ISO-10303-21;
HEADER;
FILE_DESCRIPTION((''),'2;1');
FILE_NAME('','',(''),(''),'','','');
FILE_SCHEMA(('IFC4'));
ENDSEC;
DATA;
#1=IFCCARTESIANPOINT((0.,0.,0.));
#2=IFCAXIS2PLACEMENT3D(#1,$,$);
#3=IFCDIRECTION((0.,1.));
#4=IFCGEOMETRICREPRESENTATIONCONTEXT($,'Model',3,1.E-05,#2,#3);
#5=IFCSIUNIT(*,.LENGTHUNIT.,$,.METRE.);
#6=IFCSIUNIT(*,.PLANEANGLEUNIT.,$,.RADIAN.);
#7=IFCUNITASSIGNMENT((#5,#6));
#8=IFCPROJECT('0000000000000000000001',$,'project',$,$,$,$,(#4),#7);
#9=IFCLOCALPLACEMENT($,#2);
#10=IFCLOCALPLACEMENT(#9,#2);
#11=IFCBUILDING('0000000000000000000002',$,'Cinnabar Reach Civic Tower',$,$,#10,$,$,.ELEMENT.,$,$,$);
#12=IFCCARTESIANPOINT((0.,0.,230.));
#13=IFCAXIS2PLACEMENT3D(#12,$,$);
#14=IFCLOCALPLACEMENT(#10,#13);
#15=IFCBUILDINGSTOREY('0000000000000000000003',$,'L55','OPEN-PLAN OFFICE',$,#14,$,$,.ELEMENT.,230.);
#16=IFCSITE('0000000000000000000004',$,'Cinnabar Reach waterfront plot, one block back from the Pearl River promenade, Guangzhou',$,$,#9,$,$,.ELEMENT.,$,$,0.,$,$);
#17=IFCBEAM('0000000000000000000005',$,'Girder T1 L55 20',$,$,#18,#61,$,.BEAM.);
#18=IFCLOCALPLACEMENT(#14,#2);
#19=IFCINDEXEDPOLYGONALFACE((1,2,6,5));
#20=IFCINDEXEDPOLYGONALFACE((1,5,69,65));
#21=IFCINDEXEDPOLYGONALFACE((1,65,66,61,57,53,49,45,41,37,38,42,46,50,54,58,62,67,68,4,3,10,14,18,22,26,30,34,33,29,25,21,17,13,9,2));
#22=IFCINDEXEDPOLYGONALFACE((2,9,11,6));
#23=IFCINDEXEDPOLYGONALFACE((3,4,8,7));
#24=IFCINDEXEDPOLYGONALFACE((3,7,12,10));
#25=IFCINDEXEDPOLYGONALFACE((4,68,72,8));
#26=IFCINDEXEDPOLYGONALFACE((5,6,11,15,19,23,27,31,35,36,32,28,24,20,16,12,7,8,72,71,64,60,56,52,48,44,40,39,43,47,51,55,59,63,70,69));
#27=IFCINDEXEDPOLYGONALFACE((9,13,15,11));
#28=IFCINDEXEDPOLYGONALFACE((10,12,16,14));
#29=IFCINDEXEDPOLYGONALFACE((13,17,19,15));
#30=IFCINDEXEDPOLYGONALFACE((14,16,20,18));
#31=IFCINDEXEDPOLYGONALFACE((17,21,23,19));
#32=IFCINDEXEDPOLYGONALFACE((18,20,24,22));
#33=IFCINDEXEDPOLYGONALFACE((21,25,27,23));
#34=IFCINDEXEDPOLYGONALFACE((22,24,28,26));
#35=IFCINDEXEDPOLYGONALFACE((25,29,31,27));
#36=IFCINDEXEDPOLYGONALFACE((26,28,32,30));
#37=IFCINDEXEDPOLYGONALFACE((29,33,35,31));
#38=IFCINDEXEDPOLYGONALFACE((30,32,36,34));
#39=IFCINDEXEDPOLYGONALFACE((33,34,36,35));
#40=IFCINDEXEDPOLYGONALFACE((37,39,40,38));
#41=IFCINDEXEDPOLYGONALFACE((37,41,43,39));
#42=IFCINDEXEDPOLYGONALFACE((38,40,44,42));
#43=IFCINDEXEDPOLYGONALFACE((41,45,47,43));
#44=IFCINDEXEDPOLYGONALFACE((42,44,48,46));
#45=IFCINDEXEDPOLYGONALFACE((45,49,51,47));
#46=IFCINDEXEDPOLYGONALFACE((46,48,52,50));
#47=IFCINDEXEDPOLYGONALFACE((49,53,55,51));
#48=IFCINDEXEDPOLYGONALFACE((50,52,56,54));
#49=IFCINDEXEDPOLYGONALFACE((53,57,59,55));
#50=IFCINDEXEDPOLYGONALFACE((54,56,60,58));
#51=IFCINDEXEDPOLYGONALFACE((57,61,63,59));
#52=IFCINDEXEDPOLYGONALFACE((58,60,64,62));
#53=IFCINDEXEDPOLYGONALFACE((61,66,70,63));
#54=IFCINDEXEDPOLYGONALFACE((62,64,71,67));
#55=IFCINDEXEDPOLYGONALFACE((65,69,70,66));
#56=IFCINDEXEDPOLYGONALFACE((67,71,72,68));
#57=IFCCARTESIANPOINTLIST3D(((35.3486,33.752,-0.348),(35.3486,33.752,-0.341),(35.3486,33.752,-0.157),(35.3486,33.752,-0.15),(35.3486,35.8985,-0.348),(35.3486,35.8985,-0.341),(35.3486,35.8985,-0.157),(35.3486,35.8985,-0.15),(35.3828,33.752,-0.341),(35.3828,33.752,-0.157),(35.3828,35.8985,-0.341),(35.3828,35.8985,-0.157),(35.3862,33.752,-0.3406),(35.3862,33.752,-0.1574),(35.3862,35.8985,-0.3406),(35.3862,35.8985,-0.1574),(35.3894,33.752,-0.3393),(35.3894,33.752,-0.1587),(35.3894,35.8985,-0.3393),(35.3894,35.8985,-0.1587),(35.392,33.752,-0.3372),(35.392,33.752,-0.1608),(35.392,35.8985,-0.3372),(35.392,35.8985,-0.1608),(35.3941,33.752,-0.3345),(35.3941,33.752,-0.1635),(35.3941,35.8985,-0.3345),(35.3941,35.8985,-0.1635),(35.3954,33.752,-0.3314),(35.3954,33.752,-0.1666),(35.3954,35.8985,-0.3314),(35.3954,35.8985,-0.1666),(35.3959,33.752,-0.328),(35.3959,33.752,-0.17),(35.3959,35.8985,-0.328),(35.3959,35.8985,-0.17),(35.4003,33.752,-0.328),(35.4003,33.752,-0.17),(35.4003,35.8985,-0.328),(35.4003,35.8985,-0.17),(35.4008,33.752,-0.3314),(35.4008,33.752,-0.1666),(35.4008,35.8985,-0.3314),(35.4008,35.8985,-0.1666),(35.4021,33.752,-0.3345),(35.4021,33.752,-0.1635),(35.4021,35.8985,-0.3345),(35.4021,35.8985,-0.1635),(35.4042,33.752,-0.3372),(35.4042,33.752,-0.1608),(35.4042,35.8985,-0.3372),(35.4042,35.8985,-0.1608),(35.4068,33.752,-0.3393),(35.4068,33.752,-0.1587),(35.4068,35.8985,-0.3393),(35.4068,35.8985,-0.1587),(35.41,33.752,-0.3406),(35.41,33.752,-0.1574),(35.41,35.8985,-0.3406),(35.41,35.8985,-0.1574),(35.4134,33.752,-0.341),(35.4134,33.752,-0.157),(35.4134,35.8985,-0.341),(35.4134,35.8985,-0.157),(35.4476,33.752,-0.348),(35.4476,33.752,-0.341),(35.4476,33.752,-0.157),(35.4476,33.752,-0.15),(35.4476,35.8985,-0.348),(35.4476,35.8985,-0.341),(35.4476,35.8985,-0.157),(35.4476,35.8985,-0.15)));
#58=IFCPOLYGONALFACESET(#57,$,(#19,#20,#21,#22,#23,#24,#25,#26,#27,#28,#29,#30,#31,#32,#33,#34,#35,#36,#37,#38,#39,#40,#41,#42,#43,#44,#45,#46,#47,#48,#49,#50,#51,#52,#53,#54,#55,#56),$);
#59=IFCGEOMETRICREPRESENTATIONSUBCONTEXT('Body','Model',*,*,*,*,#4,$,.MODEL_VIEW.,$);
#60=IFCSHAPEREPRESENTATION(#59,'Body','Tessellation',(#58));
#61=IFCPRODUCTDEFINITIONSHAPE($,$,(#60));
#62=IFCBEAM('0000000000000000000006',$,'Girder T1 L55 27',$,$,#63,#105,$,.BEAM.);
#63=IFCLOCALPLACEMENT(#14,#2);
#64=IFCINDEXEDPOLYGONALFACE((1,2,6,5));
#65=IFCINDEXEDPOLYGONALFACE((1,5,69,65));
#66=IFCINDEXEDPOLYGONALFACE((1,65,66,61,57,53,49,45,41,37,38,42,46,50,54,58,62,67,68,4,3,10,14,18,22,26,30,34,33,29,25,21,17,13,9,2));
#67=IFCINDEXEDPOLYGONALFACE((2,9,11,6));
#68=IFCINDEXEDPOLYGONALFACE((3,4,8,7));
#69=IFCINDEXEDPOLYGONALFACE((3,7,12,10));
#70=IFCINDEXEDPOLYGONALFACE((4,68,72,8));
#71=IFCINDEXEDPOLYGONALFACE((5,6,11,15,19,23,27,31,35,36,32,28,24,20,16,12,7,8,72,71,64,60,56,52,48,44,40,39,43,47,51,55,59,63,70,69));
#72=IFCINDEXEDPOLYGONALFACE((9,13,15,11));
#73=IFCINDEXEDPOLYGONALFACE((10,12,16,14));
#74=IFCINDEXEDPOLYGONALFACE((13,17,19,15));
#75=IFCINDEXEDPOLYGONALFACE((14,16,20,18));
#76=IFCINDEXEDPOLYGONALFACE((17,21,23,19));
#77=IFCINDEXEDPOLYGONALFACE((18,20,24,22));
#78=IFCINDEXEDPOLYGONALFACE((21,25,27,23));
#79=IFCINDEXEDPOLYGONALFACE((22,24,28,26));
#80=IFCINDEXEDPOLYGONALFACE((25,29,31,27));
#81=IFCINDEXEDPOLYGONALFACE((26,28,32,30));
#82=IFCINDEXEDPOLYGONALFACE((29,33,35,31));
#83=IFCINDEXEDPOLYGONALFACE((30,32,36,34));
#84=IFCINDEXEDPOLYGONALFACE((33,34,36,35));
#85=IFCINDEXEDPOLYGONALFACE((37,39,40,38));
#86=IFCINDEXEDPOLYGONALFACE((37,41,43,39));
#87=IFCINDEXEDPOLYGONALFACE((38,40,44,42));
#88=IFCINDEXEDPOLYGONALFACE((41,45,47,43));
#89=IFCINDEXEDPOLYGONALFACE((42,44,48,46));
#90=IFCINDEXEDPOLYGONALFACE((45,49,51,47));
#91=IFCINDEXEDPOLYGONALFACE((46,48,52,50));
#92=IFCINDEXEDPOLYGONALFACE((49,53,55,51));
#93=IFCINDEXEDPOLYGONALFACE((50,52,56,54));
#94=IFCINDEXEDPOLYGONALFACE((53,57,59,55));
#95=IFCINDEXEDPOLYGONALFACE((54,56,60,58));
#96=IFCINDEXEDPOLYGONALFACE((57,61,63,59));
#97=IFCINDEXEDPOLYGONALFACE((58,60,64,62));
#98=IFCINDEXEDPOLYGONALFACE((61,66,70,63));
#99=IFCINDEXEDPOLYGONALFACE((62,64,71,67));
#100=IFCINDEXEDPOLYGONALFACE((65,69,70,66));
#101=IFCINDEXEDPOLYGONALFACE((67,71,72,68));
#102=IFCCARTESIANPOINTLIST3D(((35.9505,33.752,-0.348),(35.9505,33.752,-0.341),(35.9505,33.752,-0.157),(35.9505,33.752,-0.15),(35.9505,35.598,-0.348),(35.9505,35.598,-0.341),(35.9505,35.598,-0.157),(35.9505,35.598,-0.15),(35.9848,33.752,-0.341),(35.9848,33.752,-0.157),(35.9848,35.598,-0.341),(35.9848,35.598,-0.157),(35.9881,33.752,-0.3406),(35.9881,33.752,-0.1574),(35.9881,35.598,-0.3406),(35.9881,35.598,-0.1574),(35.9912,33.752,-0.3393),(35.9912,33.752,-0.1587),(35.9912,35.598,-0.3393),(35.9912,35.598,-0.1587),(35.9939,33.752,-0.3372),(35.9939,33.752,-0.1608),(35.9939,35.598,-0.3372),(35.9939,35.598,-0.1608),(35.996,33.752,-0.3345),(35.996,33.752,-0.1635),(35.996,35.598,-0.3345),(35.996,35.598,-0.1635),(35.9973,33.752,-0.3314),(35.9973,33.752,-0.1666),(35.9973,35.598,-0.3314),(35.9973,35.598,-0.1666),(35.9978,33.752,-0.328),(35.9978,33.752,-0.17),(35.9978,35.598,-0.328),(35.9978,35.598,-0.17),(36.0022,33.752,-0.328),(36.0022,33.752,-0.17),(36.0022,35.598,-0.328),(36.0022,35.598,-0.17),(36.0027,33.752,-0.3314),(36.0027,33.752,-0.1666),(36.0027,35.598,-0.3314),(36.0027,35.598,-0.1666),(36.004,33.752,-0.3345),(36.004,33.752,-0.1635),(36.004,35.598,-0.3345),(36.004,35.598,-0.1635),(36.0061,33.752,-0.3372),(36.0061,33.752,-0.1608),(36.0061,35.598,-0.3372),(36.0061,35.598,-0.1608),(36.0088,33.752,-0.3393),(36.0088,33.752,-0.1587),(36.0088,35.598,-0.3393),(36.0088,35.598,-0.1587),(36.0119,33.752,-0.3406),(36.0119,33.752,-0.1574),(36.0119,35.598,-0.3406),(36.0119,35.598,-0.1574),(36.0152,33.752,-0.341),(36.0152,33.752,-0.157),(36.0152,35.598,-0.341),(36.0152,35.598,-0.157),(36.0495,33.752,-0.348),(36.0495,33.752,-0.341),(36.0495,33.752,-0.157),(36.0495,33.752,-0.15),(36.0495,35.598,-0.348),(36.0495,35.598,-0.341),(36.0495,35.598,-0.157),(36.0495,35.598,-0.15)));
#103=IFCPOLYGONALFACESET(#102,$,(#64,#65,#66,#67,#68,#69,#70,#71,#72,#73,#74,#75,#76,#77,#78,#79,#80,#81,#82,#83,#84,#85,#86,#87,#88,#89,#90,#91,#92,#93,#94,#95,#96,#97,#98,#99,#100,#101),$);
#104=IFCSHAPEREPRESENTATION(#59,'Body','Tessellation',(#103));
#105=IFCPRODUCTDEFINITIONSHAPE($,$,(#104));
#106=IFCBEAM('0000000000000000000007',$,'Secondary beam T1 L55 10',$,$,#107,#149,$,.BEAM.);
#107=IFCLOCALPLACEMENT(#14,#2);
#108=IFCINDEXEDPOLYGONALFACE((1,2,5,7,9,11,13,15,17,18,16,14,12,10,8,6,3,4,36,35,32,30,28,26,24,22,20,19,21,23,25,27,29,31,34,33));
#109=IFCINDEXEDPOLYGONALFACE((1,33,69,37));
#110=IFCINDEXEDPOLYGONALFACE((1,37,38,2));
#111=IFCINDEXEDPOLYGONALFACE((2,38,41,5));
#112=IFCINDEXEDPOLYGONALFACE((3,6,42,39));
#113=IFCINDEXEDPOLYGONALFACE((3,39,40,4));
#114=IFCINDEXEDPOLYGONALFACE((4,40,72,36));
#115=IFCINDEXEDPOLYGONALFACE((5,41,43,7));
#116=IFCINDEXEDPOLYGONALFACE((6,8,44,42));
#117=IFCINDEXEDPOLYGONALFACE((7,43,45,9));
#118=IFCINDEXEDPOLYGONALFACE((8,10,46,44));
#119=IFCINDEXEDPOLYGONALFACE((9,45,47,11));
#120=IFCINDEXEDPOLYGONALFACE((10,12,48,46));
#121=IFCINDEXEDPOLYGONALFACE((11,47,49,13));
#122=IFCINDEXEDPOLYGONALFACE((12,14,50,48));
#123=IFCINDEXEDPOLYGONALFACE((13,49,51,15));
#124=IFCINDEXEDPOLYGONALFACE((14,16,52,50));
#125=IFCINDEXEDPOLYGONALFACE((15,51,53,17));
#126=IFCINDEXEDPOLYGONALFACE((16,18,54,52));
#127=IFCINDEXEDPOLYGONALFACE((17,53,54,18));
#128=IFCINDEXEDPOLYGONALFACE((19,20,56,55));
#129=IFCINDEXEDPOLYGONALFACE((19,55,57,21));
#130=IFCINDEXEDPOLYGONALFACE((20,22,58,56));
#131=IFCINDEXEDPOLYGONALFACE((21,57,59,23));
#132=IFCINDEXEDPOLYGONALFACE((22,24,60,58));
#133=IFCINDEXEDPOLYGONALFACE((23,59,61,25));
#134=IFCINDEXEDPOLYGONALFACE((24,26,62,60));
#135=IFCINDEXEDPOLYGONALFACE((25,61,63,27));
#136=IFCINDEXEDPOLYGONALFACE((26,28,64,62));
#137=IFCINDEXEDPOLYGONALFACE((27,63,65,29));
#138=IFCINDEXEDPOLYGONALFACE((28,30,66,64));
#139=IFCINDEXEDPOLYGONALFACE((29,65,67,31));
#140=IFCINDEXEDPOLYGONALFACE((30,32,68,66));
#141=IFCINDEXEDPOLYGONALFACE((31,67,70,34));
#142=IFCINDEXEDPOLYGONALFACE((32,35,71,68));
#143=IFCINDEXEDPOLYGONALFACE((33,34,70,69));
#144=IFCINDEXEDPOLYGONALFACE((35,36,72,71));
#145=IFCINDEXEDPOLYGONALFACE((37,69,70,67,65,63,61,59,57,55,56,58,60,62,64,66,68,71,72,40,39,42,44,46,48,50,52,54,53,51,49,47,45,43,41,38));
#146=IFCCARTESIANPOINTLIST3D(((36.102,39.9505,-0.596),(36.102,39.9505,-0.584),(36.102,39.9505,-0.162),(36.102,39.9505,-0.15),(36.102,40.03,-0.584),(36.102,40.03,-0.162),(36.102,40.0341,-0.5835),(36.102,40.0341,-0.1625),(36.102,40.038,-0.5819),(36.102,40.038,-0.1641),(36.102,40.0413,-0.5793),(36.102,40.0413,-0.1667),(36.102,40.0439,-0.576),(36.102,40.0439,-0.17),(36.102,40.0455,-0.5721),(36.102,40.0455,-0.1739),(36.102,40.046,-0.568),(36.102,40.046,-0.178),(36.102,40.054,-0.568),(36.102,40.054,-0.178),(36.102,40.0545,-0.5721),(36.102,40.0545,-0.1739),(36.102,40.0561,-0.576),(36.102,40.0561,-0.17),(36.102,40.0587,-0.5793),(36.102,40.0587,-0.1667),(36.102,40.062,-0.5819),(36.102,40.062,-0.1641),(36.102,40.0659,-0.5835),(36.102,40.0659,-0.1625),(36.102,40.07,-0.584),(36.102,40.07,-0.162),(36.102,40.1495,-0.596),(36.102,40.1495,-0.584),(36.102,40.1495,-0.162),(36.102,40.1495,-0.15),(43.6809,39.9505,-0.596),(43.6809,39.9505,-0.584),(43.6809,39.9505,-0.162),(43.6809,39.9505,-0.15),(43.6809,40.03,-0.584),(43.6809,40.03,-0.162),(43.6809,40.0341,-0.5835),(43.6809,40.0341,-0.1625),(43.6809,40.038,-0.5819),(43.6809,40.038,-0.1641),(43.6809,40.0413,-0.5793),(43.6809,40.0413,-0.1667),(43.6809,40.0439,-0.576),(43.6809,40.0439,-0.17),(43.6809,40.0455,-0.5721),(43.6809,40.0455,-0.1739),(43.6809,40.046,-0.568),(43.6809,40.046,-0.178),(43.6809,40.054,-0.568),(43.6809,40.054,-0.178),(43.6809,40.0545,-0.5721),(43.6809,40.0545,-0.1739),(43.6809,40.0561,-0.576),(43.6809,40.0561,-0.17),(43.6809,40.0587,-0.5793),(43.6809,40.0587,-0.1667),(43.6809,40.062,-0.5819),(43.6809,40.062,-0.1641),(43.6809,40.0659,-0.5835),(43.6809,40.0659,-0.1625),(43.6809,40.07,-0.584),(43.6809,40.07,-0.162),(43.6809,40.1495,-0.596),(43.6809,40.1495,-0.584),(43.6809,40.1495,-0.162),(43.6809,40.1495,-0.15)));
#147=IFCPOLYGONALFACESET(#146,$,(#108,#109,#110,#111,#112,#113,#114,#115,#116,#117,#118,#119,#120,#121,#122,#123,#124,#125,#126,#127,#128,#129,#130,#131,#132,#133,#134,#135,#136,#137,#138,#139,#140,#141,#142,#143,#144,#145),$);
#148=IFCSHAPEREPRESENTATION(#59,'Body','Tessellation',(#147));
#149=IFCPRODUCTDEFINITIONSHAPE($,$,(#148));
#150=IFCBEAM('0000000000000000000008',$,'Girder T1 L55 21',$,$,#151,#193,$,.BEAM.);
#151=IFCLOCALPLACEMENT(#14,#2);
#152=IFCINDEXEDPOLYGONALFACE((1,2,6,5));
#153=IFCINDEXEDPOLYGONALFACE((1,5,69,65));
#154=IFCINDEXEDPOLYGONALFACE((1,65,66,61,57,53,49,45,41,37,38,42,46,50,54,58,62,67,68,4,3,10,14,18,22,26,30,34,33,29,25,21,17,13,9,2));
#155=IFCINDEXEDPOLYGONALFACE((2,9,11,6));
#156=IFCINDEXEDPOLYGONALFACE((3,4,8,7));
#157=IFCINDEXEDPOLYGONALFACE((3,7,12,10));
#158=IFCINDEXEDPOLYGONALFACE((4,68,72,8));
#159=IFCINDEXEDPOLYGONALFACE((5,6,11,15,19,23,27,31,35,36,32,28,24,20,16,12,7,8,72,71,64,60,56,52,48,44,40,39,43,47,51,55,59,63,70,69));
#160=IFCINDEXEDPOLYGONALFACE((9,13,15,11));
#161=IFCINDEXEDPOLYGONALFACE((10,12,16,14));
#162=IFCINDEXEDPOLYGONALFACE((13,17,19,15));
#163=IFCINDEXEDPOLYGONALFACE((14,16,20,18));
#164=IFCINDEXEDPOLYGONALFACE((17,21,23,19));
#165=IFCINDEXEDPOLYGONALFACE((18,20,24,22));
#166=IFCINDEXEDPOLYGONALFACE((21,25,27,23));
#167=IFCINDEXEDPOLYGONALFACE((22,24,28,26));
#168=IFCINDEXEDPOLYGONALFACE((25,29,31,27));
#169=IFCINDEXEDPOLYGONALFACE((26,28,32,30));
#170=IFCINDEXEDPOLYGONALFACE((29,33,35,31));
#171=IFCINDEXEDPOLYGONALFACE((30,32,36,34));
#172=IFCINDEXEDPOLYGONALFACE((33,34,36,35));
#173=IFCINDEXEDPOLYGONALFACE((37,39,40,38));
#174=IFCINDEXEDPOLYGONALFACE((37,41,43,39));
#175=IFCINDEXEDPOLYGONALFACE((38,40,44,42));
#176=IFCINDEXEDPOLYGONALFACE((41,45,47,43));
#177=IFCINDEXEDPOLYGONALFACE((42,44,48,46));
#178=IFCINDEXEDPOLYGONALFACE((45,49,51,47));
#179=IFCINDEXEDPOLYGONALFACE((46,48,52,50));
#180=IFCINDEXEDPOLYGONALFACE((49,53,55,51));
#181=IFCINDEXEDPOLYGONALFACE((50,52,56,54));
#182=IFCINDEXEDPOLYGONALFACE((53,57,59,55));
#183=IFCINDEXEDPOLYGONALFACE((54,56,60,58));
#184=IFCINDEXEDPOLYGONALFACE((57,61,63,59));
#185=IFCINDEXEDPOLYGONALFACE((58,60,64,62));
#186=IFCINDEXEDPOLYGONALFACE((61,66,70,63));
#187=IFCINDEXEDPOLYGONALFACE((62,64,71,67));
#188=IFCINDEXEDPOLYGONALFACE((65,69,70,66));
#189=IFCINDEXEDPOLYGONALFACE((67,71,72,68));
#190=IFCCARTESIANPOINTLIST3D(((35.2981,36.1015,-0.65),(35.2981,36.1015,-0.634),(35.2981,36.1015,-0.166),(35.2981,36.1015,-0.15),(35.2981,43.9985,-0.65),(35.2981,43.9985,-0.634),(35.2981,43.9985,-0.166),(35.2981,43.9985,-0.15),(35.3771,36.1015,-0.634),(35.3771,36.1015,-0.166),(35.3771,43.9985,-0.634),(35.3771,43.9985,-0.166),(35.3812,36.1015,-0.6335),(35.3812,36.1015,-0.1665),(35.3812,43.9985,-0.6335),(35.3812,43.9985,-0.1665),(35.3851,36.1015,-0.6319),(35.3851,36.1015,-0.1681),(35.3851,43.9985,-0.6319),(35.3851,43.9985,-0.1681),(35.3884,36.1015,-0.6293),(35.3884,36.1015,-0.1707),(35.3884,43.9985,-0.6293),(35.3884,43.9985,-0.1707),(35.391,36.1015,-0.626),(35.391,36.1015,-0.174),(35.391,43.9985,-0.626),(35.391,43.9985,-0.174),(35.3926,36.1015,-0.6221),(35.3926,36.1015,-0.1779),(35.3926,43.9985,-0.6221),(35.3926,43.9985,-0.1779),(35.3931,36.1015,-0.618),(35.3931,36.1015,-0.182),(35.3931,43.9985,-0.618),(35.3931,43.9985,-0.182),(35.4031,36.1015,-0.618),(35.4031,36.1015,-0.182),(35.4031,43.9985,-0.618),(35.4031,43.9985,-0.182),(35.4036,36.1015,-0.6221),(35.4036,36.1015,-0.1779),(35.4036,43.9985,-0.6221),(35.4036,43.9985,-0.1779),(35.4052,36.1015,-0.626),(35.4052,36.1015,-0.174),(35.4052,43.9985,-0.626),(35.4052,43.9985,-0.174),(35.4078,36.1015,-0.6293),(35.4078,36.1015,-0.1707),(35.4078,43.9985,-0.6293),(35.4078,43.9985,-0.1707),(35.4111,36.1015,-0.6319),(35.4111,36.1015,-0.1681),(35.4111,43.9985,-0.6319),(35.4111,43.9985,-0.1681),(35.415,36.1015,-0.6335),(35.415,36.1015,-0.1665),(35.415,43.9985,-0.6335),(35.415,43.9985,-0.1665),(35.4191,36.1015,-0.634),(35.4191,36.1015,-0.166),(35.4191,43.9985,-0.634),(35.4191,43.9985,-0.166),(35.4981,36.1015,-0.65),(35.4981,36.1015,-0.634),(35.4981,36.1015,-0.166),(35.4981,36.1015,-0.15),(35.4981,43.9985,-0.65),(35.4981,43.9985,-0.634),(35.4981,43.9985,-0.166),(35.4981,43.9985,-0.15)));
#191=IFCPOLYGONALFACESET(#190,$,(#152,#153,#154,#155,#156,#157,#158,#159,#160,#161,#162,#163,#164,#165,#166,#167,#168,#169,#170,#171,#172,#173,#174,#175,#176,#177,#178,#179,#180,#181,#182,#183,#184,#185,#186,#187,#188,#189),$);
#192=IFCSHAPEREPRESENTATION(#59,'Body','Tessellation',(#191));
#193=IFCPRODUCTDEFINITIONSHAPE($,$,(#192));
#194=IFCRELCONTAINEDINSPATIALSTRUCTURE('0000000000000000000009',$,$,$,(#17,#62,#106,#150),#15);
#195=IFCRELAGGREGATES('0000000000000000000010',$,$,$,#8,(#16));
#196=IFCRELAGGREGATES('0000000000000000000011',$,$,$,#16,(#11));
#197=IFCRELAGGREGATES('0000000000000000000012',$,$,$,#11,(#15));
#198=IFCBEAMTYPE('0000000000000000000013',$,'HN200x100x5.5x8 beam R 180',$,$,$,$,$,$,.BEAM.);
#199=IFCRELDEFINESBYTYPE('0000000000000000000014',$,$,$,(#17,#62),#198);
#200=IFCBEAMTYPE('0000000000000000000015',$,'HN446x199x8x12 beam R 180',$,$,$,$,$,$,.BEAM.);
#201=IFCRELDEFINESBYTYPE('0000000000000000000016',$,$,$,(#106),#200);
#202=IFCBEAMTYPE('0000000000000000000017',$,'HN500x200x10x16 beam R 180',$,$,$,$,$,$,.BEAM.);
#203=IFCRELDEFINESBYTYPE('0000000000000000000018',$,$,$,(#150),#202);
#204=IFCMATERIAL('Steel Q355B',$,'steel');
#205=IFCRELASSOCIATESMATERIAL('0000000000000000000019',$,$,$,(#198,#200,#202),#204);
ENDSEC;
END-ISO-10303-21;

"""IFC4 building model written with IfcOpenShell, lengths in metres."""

from ifc_helpers import new_model, si_unit, direction, frame, origin, origin_2d, place, context, subcontext, project, spatial, i_section, extrude, material, material_profile, profile_set, type_object, element, save


model = new_model("IFC4")

# Units and contexts
model_context = context("Model", 3, precision=1e-05, world=origin(), true_north=direction((0.0, 1.0)))
body_context = subcontext(model_context, "Body", "Model", "MODEL_VIEW")
ifc_project = project(units=[si_unit("LENGTHUNIT", "METRE"), si_unit("PLANEANGLEUNIT", "RADIAN")], contexts=[model_context])

# Site, building, storey
site_placement = place(None, origin())
site = spatial("IfcSite", under=ifc_project, at=site_placement, Name="Cinnabar Reach waterfront plot, one block back from the Pearl River promenade, Guangzhou", CompositionType="ELEMENT", RefElevation=0.0)
building_placement = place(site_placement, origin())
building = spatial("IfcBuilding", under=site, at=building_placement, Name="Cinnabar Reach Civic Tower", CompositionType="ELEMENT")
storey_placement = place(building_placement, frame((0.0, 0.0, 230.0)))
storey = spatial("IfcBuildingStorey", under=building, at=storey_placement, Name="L55", Description="OPEN-PLAN OFFICE", CompositionType="ELEMENT", Elevation=230.0)

# Beams
ifc_material_1 = material(Name="Steel Q355B", Category="steel")
ifc_material_profile_1 = material_profile(ifc_material_1, i_section(OverallWidth=0.099, OverallDepth=0.198, WebThickness=0.0045, FlangeThickness=0.007, FilletRadius=0.013, at=origin_2d()), Name="HN200x100x5.5x8")
ifc_profile_set_1 = profile_set([ifc_material_profile_1], Name="Steel Q355B")
beam_type_1 = type_object("IfcBeamType", Name="HN200x100x5.5x8 beam R 180", PredefinedType="BEAM", material=ifc_profile_set_1)
beam_1_placement = place(storey_placement, frame((35.3981, 33.752, -0.249), z_axis=(0.0, 1.0, 0.0), x_axis=(-1.0, 0.0, 0.0)))
element("IfcBeam", 1, at=beam_1_placement, inside=storey, type_object=beam_type_1, Name="Girder T1 L55 20", PredefinedType="BEAM", context=body_context, shape_type="SweptSolid", body=[
    extrude(i_section(OverallWidth=0.099, OverallDepth=0.198, WebThickness=0.0045, FlangeThickness=0.007, FilletRadius=0.013, at=origin_2d()), origin(), (0.0, 0.0, 1.0), 2.1465),
])
beam_2_placement = place(storey_placement, frame((36.0, 33.752, -0.249), z_axis=(0.0, 1.0, 0.0), x_axis=(-1.0, 0.0, 0.0)))
element("IfcBeam", 2, at=beam_2_placement, inside=storey, type_object=beam_type_1, Name="Girder T1 L55 27", PredefinedType="BEAM", context=body_context, shape_type="SweptSolid", body=[
    extrude(i_section(OverallWidth=0.099, OverallDepth=0.198, WebThickness=0.0045, FlangeThickness=0.007, FilletRadius=0.013, at=origin_2d()), origin(), (0.0, 0.0, 1.0), 1.846),
])
ifc_material_profile_2 = material_profile(ifc_material_1, i_section(OverallWidth=0.199, OverallDepth=0.446, WebThickness=0.008, FlangeThickness=0.012, FilletRadius=0.016, at=origin_2d()), Name="HN446x199x8x12")
ifc_profile_set_2 = profile_set([ifc_material_profile_2], Name="Steel Q355B")
beam_type_2 = type_object("IfcBeamType", Name="HN446x199x8x12 beam R 180", PredefinedType="BEAM", material=ifc_profile_set_2)
beam_3_placement = place(storey_placement, frame((36.102, 40.05, -0.373), z_axis=(1.0, 0.0, 0.0), x_axis=(0.0, 1.0, 0.0)))
element("IfcBeam", 3, at=beam_3_placement, inside=storey, type_object=beam_type_2, Name="Secondary beam T1 L55 10", PredefinedType="BEAM", context=body_context, shape_type="SweptSolid", body=[
    extrude(i_section(OverallWidth=0.199, OverallDepth=0.446, WebThickness=0.008, FlangeThickness=0.012, FilletRadius=0.016, at=origin_2d()), origin(), (0.0, 0.0, 1.0), 7.5789),
])
ifc_material_profile_3 = material_profile(ifc_material_1, i_section(OverallWidth=0.2, OverallDepth=0.5, WebThickness=0.01, FlangeThickness=0.016, FilletRadius=0.016, at=origin_2d()), Name="HN500x200x10x16")
ifc_profile_set_3 = profile_set([ifc_material_profile_3], Name="Steel Q355B")
beam_type_3 = type_object("IfcBeamType", Name="HN500x200x10x16 beam R 180", PredefinedType="BEAM", material=ifc_profile_set_3)
beam_4_placement = place(storey_placement, frame((35.3981, 36.1015, -0.4), z_axis=(0.0, 1.0, 0.0), x_axis=(-1.0, 0.0, 0.0)))
element("IfcBeam", 4, at=beam_4_placement, inside=storey, type_object=beam_type_3, Name="Girder T1 L55 21", PredefinedType="BEAM", context=body_context, shape_type="SweptSolid", body=[
    extrude(i_section(OverallWidth=0.2, OverallDepth=0.5, WebThickness=0.01, FlangeThickness=0.016, FilletRadius=0.016, at=origin_2d()), origin(), (0.0, 0.0, 1.0), 7.897),
])

save(model, "model.ifc")
